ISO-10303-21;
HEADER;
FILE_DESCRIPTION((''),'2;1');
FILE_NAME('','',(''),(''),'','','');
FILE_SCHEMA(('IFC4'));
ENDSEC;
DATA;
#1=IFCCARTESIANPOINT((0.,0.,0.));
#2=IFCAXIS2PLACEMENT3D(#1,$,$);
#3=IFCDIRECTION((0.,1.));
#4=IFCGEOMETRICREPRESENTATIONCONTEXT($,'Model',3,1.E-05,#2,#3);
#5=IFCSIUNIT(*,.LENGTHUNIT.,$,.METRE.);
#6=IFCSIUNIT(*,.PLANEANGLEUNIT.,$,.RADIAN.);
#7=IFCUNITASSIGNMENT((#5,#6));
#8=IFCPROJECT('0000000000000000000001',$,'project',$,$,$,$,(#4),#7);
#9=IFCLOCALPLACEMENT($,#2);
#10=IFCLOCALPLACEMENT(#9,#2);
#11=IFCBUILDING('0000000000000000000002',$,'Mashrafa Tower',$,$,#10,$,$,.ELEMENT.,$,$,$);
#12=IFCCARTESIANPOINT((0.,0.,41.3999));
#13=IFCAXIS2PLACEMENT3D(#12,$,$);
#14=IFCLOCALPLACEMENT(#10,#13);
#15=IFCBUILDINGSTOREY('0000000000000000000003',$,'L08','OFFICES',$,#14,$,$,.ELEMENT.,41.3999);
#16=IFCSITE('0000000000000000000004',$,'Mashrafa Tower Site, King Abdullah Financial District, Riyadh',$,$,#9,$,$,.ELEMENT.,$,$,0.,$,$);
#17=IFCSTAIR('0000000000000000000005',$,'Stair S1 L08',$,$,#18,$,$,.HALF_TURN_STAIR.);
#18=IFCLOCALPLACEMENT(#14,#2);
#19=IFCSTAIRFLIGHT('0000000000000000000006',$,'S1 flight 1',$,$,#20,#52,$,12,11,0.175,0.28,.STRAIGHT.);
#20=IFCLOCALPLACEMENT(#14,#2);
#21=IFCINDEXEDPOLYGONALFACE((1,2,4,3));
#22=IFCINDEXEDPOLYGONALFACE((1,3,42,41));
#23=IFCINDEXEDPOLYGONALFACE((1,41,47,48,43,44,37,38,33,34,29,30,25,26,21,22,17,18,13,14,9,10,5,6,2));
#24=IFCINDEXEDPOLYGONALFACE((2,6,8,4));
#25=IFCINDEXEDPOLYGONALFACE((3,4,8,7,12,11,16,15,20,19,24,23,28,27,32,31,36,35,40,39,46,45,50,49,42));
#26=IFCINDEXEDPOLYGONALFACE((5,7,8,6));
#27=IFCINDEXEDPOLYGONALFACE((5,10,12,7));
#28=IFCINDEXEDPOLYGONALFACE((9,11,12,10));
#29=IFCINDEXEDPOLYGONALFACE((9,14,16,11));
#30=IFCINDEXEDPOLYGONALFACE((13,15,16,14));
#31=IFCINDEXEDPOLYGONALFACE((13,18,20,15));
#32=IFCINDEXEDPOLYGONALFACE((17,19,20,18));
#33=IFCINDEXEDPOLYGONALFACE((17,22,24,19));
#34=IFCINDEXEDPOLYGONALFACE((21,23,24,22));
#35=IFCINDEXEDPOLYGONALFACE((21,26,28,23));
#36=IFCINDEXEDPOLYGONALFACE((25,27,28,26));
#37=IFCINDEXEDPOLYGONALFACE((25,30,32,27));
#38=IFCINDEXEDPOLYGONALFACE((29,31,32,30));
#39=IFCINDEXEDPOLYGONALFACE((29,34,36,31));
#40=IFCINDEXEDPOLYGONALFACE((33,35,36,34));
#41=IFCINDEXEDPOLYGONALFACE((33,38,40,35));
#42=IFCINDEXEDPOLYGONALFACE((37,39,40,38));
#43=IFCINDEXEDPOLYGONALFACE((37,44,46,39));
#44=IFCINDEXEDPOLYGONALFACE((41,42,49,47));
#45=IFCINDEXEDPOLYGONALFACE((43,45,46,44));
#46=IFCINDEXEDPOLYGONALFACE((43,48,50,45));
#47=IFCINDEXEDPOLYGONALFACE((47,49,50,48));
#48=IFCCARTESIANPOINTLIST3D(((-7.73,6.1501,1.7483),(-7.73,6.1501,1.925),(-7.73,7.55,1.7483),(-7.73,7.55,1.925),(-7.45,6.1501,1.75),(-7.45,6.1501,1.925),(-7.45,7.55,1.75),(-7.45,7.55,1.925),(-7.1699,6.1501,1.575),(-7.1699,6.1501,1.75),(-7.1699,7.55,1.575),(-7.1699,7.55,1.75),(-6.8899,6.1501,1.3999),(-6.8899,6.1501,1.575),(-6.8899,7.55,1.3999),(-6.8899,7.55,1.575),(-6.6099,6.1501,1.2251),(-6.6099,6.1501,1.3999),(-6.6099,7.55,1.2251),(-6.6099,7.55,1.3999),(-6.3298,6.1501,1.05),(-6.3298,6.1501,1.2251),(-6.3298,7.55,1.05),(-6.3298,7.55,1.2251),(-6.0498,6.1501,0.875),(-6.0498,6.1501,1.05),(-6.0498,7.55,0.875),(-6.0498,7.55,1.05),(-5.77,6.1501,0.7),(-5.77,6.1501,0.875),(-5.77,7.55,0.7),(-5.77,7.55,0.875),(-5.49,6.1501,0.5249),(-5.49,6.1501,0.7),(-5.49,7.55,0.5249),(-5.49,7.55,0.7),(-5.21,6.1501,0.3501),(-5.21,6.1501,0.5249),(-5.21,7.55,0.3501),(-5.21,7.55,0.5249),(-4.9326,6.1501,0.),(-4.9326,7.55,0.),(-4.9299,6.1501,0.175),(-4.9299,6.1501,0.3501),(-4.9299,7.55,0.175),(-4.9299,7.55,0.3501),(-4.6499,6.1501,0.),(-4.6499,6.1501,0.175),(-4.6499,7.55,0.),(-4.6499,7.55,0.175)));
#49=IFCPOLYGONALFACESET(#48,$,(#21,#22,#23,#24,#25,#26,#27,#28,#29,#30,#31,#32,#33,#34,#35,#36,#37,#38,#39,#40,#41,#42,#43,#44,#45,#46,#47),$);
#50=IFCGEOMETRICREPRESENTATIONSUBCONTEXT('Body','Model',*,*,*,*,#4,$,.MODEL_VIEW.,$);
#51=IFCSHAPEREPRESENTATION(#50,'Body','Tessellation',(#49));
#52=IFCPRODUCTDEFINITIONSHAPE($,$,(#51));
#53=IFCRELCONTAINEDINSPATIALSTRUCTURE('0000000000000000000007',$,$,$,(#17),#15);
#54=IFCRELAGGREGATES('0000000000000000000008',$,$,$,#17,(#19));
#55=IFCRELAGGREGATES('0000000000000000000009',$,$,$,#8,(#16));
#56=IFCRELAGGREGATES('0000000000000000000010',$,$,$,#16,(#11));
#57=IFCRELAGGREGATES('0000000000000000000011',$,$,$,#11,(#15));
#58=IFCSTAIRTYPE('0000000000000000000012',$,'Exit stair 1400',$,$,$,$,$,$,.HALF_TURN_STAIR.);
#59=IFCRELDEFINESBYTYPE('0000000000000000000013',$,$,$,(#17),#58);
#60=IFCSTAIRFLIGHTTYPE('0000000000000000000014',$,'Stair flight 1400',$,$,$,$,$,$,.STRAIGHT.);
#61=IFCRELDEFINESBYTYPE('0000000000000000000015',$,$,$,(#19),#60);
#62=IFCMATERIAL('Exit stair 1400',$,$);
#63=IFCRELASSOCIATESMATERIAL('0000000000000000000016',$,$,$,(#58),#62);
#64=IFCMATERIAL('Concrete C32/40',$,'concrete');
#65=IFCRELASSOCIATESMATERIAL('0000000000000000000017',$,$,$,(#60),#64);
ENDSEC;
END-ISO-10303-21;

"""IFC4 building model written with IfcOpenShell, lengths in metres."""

from ifc_helpers import new_model, si_unit, direction, frame, origin, place, context, subcontext, project, spatial, polyline, outline, extrude, material, type_object, element, aggregate, save


model = new_model("IFC4")

# Units and contexts
model_context = context("Model", 3, precision=1e-05, world=origin(), true_north=direction((0.0, 1.0)))
body_context = subcontext(model_context, "Body", "Model", "MODEL_VIEW")
ifc_project = project(units=[si_unit("LENGTHUNIT", "METRE"), si_unit("PLANEANGLEUNIT", "RADIAN")], contexts=[model_context])

# Site, building, storey
site_placement = place(None, origin())
site = spatial("IfcSite", under=ifc_project, at=site_placement, Name="Mashrafa Tower Site, King Abdullah Financial District, Riyadh", CompositionType="ELEMENT", RefElevation=0.0)
building_placement = place(site_placement, origin())
building = spatial("IfcBuilding", under=site, at=building_placement, Name="Mashrafa Tower", CompositionType="ELEMENT")
storey_placement = place(building_placement, frame((0.0, 0.0, 41.3999)))
storey = spatial("IfcBuildingStorey", under=building, at=storey_placement, Name="L08", Description="OFFICES", CompositionType="ELEMENT", Elevation=41.3999)

# Stair, stair flight
ifc_material_1 = material(Name="Exit stair 1400")
stair_type = type_object("IfcStairType", Name="Exit stair 1400", PredefinedType="HALF_TURN_STAIR", material=ifc_material_1)
stair_placement = place(storey_placement, origin())
stair = element("IfcStair", 1, at=stair_placement, inside=storey, type_object=stair_type, Name="Stair S1 L08", PredefinedType="HALF_TURN_STAIR")
ifc_material_2 = material(Name="Concrete C32/40", Category="concrete")
stair_flight_type = type_object("IfcStairFlightType", Name="Stair flight 1400", PredefinedType="STRAIGHT", material=ifc_material_2)
stair_flight_placement = place(storey_placement, frame((-4.6499, 6.8501, 0.0), z_axis=(0.0, 0.0, 1.0), x_axis=(-1.0, 0.0, 0.0)))
stair_flight = element("IfcStairFlight", 2, at=stair_flight_placement, type_object=stair_flight_type, Name="S1 flight 1", NumberOfRisers=12, NumberOfTreads=11, PredefinedType="STRAIGHT", RiserHeight=0.175, TreadLength=0.28, context=body_context, shape_type="SweptSolid", body=[
    extrude(outline(polyline([(0.0, 0.0), (0.0, 0.175), (0.28, 0.175), (0.28, 0.3501), (0.5601, 0.3501), (0.5601, 0.5249), (0.8401, 0.5249), (0.8401, 0.7), (1.1201, 0.7), (1.1201, 0.875), (1.3999, 0.875), (1.3999, 1.05), (1.6799, 1.05), (1.6799, 1.2251), (1.96, 1.2251), (1.96, 1.3999), (2.24, 1.3999), (2.24, 1.575), (2.52, 1.575), (2.52, 1.75), (2.8, 1.75), (2.8, 1.925), (3.0801, 1.925), (3.0801, 2.1001), (3.0801, 1.7483), (0.2827, 0.0), (0.0, 0.0)])), frame((0.0, 0.7, 0.0), z_axis=(0.0, -1.0, 0.0), x_axis=(1.0, 0.0, 0.0)), (0.0, 0.0, 1.0), 1.3999),
])
aggregate(stair, [stair_flight])

save(model, "model.ifc")
